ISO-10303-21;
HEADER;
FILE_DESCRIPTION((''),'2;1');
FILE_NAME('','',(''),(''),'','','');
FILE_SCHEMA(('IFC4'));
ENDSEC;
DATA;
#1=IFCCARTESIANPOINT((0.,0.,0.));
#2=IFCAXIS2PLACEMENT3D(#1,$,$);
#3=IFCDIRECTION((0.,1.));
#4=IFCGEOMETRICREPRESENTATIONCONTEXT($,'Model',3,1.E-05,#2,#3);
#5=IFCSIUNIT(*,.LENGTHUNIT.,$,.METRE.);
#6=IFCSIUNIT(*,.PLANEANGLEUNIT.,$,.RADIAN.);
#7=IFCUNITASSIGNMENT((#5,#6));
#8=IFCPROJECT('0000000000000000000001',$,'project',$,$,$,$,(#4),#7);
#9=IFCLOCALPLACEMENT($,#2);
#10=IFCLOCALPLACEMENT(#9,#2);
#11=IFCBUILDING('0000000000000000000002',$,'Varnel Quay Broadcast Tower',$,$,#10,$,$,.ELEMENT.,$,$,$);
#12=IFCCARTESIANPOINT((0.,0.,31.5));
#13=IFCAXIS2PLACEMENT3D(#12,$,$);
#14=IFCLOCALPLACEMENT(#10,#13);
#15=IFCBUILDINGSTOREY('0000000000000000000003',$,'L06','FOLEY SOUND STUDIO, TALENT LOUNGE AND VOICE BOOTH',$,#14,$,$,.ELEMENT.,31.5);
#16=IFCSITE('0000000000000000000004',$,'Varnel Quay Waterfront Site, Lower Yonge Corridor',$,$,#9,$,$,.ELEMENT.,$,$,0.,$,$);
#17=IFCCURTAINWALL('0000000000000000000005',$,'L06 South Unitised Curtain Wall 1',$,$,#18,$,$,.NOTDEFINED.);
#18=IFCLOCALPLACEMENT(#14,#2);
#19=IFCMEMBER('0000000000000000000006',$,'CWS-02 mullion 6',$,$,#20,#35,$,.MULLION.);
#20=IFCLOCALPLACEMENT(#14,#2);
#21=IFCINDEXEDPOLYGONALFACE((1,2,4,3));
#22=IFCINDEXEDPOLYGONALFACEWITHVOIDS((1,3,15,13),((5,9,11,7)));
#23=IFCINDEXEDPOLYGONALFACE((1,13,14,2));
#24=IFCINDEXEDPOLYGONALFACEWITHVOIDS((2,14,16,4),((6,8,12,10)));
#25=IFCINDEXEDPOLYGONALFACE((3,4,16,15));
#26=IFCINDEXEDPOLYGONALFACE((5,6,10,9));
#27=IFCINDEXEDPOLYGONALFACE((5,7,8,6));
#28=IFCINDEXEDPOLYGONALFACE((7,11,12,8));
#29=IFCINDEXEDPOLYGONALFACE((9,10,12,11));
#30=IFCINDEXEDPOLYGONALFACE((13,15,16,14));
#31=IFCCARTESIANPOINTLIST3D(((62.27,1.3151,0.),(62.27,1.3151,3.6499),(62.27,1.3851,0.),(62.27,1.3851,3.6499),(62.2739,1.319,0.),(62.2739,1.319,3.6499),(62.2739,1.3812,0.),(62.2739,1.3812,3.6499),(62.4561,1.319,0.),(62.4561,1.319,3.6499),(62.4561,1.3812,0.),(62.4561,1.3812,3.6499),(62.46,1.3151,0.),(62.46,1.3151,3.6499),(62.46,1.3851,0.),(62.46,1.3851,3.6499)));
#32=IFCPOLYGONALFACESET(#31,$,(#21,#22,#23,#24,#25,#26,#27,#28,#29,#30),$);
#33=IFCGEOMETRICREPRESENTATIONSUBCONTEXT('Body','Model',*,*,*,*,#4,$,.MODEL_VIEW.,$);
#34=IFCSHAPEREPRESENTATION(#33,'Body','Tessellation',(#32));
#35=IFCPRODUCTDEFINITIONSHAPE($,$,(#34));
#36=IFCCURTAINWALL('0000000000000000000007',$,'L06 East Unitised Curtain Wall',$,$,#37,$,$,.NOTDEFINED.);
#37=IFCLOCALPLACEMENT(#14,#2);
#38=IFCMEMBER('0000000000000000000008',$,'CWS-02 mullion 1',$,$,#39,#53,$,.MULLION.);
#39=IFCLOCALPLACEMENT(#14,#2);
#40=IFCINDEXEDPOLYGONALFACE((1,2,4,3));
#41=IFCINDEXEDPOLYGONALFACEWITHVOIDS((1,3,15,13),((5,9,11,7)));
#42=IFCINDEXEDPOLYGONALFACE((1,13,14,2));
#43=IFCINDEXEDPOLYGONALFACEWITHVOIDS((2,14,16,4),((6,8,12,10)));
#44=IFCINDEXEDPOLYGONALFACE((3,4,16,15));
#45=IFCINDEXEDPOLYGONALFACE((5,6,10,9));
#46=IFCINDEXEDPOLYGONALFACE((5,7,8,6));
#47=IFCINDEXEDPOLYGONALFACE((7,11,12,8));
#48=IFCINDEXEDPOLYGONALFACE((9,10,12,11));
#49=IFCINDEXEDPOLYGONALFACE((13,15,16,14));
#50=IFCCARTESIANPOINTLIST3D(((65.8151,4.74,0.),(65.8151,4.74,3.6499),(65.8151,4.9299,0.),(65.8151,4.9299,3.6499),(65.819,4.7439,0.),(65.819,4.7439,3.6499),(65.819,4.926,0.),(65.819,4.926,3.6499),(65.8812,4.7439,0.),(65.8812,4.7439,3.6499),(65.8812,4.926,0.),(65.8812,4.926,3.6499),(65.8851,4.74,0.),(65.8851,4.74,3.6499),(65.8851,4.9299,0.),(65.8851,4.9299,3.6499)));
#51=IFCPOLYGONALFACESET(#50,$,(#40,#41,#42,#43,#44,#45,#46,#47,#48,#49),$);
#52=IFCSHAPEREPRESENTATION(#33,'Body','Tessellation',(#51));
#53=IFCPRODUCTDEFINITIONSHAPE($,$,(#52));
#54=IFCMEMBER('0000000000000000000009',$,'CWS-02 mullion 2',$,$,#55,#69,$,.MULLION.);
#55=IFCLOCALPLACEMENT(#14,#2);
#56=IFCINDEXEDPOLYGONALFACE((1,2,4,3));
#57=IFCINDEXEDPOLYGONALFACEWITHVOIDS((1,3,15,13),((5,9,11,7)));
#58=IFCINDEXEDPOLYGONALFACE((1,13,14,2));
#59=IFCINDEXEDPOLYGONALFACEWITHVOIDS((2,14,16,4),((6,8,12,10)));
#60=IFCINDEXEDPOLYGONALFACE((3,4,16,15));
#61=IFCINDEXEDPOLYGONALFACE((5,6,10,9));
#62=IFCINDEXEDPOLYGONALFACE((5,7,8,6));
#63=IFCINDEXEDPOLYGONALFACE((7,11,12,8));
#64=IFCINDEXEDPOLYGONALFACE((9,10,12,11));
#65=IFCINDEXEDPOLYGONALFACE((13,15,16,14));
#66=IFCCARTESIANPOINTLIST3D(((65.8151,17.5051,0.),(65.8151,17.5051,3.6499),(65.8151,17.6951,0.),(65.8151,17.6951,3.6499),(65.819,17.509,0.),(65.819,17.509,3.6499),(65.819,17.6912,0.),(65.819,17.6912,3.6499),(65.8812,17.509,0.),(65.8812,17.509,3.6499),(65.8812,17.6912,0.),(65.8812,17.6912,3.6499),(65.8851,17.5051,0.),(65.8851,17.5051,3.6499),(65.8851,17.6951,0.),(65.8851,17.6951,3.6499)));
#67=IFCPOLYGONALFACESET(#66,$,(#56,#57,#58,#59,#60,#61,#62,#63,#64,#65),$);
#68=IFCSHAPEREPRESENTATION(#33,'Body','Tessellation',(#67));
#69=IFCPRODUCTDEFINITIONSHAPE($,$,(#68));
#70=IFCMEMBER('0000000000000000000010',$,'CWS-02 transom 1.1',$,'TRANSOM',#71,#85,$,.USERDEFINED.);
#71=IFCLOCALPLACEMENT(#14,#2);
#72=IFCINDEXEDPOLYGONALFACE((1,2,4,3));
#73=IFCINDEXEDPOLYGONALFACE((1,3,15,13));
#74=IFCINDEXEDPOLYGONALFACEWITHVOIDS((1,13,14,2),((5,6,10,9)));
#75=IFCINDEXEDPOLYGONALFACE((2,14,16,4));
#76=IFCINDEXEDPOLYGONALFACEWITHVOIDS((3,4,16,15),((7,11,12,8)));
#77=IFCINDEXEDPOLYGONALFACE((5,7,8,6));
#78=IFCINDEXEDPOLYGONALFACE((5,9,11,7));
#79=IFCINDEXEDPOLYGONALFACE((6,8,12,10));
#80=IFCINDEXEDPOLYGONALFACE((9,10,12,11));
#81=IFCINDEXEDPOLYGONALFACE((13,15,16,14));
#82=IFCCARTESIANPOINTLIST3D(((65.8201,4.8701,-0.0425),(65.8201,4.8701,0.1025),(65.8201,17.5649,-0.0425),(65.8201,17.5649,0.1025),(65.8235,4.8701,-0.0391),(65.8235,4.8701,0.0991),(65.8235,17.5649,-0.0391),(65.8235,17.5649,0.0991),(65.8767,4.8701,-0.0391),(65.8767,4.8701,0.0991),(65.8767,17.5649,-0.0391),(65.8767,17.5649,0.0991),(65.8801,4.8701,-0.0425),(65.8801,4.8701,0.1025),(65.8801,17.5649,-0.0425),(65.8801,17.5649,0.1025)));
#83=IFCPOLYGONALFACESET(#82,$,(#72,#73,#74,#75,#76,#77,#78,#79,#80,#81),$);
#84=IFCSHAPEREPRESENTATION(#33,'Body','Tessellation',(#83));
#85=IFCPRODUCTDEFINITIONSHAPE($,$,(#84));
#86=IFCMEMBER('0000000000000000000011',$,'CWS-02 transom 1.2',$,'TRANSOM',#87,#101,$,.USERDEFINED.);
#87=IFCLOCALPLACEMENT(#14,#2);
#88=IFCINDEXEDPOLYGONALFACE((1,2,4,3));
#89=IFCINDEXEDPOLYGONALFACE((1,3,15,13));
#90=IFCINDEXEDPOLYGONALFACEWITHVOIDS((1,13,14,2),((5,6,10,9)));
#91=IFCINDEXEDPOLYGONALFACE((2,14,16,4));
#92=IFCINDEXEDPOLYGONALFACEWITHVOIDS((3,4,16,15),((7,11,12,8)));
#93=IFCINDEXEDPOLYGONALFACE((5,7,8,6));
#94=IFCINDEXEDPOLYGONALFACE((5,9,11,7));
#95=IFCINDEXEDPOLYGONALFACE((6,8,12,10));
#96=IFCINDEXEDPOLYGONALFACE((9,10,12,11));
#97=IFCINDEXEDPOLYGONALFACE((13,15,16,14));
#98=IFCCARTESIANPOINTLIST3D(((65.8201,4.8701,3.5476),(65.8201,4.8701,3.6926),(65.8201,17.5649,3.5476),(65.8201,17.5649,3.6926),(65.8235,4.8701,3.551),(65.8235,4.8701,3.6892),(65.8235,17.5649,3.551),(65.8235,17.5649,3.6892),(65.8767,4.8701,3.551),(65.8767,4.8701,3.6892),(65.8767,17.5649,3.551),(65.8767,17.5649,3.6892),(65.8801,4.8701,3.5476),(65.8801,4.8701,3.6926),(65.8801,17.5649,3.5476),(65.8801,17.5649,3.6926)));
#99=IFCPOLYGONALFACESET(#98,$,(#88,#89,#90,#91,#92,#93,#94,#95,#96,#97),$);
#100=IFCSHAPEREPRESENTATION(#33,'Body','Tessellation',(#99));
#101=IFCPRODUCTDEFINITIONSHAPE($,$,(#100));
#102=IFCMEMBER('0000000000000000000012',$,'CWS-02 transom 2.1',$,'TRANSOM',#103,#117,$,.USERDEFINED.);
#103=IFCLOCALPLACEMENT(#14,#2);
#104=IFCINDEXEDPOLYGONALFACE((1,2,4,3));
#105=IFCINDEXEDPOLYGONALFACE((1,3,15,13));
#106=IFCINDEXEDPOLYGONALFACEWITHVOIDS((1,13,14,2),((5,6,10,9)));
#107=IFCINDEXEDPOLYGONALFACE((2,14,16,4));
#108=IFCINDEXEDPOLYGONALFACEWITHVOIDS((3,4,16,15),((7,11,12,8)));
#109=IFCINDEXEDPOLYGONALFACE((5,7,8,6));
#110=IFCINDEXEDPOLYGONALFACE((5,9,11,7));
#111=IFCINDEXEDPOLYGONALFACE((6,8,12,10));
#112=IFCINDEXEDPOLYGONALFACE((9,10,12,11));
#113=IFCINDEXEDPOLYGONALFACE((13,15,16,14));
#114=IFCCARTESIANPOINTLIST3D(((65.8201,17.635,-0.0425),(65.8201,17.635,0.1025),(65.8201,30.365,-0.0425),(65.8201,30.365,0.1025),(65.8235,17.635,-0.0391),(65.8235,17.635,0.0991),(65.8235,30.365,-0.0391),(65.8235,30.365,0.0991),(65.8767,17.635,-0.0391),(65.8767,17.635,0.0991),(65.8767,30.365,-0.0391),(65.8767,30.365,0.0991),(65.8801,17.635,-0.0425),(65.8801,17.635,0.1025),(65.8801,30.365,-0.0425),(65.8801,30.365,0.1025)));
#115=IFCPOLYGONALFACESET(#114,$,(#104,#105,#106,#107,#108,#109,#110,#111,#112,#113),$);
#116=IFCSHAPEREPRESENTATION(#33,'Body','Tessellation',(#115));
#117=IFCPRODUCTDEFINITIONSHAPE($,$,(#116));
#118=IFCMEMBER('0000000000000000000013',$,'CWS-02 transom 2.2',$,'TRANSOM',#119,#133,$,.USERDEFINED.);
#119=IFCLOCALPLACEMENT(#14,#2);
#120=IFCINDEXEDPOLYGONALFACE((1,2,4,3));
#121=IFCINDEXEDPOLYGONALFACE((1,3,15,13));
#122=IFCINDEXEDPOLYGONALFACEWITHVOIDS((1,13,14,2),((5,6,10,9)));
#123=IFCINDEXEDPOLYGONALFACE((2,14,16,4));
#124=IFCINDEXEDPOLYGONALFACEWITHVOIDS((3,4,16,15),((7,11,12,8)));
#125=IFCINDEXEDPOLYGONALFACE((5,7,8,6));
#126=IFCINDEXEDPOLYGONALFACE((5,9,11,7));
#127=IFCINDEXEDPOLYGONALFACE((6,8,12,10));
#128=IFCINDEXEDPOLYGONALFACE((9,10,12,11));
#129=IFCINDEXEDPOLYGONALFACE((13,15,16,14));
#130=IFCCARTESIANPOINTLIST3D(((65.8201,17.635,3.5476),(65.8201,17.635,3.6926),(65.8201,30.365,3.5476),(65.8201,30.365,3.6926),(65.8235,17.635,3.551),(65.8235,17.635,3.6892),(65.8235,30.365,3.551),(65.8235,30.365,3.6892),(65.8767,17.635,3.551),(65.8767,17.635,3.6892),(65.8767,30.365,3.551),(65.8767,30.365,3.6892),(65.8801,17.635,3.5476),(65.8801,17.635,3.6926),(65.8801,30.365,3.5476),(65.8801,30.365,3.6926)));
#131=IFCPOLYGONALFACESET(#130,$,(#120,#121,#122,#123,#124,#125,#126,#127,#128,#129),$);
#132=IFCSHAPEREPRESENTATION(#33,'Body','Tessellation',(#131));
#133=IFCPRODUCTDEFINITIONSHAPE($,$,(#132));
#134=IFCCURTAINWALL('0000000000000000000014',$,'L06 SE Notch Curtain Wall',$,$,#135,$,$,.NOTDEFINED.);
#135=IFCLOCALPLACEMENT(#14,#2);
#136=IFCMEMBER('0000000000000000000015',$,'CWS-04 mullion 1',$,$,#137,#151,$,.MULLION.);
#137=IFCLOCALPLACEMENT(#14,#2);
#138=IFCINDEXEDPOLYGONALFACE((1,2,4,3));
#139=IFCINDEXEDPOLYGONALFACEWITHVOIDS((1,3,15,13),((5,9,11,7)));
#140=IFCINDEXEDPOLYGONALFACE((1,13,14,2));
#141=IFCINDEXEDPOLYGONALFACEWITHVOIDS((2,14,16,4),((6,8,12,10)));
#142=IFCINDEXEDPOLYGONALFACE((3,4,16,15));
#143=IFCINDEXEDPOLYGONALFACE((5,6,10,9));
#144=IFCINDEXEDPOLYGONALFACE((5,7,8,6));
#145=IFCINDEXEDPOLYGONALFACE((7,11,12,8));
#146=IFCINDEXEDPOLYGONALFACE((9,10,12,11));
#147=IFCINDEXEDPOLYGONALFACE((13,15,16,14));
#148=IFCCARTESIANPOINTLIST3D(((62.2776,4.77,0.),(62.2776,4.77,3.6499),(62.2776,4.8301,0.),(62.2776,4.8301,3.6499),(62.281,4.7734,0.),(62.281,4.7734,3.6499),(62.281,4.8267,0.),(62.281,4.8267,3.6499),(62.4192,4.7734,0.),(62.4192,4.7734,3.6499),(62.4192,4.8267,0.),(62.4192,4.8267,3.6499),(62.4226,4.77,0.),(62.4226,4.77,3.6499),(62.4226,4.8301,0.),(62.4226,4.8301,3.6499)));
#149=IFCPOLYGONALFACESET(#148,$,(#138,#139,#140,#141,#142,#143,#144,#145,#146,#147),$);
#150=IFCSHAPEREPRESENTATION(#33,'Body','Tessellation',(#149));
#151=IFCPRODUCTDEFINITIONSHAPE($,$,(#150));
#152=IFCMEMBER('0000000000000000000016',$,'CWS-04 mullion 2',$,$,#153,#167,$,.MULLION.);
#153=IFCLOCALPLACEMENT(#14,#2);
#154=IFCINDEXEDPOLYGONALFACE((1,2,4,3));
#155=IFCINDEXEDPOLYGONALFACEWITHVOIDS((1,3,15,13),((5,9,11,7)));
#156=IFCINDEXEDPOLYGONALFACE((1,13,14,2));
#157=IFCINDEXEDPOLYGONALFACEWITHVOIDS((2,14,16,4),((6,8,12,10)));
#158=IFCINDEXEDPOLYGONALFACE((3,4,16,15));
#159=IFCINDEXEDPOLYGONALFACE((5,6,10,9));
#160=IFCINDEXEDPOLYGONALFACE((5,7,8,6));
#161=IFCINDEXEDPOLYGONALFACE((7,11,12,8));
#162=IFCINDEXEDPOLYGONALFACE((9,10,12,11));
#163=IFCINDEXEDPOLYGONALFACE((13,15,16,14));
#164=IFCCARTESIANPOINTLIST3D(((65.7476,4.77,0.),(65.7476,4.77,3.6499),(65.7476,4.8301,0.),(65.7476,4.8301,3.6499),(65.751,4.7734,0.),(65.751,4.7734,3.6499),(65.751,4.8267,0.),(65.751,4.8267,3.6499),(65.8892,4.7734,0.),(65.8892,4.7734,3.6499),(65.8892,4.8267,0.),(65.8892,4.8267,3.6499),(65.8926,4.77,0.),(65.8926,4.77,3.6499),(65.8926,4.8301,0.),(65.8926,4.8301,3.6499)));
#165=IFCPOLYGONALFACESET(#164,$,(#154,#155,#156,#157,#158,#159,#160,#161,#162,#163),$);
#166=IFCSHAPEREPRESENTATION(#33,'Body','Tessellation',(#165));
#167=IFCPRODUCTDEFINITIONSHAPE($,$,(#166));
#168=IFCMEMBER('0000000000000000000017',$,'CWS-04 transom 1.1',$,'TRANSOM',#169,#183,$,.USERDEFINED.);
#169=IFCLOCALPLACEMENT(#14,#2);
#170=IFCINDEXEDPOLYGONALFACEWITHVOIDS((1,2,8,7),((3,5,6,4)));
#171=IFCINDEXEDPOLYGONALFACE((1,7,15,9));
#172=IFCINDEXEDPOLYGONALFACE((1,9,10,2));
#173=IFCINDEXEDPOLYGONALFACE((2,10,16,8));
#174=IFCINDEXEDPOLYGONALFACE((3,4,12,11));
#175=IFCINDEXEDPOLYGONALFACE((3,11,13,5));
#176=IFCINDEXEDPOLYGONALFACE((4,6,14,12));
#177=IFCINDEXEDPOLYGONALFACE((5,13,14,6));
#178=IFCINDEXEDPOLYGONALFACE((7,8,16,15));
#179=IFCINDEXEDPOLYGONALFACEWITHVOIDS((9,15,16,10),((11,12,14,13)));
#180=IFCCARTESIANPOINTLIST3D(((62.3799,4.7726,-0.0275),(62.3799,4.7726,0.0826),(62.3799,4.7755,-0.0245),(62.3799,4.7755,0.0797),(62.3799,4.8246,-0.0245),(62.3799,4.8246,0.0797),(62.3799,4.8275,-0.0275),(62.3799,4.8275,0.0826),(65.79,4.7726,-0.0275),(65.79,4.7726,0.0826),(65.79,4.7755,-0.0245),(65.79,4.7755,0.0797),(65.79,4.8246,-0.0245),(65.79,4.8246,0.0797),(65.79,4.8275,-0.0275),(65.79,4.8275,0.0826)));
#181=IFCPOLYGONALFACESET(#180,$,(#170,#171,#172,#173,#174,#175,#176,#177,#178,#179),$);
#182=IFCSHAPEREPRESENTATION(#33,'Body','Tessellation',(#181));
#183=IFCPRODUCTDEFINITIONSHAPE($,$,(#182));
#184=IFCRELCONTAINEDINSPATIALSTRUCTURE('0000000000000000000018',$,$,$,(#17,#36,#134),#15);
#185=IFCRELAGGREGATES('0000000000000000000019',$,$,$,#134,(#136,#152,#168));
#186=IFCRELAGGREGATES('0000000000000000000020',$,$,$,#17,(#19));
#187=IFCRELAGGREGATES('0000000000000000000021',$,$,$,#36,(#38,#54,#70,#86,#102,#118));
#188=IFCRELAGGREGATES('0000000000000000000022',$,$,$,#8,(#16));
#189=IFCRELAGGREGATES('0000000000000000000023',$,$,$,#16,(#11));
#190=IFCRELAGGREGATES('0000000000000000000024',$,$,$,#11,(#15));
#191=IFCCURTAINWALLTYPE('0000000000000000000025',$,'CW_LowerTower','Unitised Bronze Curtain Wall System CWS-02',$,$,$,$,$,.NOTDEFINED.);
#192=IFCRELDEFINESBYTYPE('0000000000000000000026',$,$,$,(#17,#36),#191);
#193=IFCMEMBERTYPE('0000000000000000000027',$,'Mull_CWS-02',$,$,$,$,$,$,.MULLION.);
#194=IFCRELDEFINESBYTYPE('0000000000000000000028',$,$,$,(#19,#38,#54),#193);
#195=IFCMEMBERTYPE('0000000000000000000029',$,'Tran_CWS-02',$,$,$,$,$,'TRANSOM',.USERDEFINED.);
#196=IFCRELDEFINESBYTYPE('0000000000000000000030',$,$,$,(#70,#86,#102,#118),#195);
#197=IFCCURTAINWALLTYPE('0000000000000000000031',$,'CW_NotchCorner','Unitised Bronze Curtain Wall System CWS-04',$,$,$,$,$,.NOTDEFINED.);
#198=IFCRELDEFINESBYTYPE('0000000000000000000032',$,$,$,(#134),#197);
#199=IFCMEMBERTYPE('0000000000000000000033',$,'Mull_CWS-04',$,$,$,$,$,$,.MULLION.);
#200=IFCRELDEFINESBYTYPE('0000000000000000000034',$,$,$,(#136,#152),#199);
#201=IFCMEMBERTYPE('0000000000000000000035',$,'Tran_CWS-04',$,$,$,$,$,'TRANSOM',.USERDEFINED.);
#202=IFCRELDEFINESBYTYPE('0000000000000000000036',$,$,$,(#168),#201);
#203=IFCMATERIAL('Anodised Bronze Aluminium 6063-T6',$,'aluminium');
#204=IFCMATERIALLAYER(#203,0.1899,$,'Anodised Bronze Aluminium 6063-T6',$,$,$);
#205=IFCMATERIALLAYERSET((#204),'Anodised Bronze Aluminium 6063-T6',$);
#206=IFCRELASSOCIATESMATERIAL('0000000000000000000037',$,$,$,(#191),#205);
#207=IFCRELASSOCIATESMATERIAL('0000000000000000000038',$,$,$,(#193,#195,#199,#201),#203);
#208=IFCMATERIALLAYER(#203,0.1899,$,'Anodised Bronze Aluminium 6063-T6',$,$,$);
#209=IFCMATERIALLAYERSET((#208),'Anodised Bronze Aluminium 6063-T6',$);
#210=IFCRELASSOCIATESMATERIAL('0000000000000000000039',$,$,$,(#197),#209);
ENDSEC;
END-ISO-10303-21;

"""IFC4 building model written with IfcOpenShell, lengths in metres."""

from ifc_helpers import new_model, si_unit, direction, frame, origin, origin_2d, place, context, subcontext, project, spatial, hollow_rectangle, extrude, source, transform, mapped, material, layer, layer_set, material_profile, profile_set, type_object, type_shapes, element, aggregate, save


model = new_model("IFC4")

# Units and contexts
model_context = context("Model", 3, precision=1e-05, world=origin(), true_north=direction((0.0, 1.0)))
body_context = subcontext(model_context, "Body", "Model", "MODEL_VIEW")
ifc_project = project(units=[si_unit("LENGTHUNIT", "METRE"), si_unit("PLANEANGLEUNIT", "RADIAN")], contexts=[model_context])

# Site, building, storey
site_placement = place(None, origin())
site = spatial("IfcSite", under=ifc_project, at=site_placement, Name="Varnel Quay Waterfront Site, Lower Yonge Corridor", CompositionType="ELEMENT", RefElevation=0.0)
building_placement = place(site_placement, origin())
building = spatial("IfcBuilding", under=site, at=building_placement, Name="Varnel Quay Broadcast Tower", CompositionType="ELEMENT")
storey_placement = place(building_placement, frame((0.0, 0.0, 31.5)))
storey = spatial("IfcBuildingStorey", under=building, at=storey_placement, Name="L06", Description="FOLEY SOUND STUDIO, TALENT LOUNGE AND VOICE BOOTH", CompositionType="ELEMENT", Elevation=31.5)

# Curtain walls, members
ifc_material_1 = material(Name="Anodised Bronze Aluminium 6063-T6", Category="aluminium")
ifc_layer_1 = layer(ifc_material_1, 0.1899, Name="Anodised Bronze Aluminium 6063-T6")
ifc_layer_set_1 = layer_set([ifc_layer_1], Name="Anodised Bronze Aluminium 6063-T6")
curtain_wall_type_1 = type_object("IfcCurtainWallType", Name="CW_LowerTower", Description="Unitised Bronze Curtain Wall System CWS-02", PredefinedType="NOTDEFINED", material=ifc_layer_set_1)
curtain_wall_1_placement = place(storey_placement, origin())
curtain_wall_1 = element("IfcCurtainWall", 1, at=curtain_wall_1_placement, inside=storey, type_object=curtain_wall_type_1, Name="L06 South Unitised Curtain Wall 1", PredefinedType="NOTDEFINED")
ifc_material_profile_1 = material_profile(ifc_material_1, hollow_rectangle(XDim=0.0701, YDim=0.1899, WallThickness=0.0039, at=origin_2d()), Name="ALU70X190X4")
ifc_profile_set_1 = profile_set([ifc_material_profile_1], Name="Anodised Bronze Aluminium 6063-T6")
member_type_1 = type_object("IfcMemberType", Name="Mull_CWS-02", PredefinedType="MULLION", material=ifc_profile_set_1)
shared_shape_1 = source(origin(), body_context, "Body", "SweptSolid", [
    extrude(hollow_rectangle(XDim=0.0701, YDim=0.1899, WallThickness=0.0039, at=origin_2d()), origin(), (0.0, 0.0, 1.0), 3.6499),
])
type_shapes(member_type_1, [shared_shape_1])
member_1_placement = place(storey_placement, frame((62.365, 1.3501, 0.0), z_axis=(0.0, 0.0, 1.0), x_axis=(0.0, 1.0, 0.0)))
member_1 = element("IfcMember", 2, at=member_1_placement, type_object=member_type_1, Name="CWS-02 mullion 6", PredefinedType="MULLION", context=body_context, shape_type="MappedRepresentation", body=[
    mapped(shared_shape_1, transform((0.0, 0.0, 0.0), x_axis=(1.0, 0.0, 0.0), y_axis=(0.0, 1.0, 0.0), z_axis=(0.0, 0.0, 1.0), scale=1.0)),
])
curtain_wall_2_placement = place(storey_placement, origin())
curtain_wall_2 = element("IfcCurtainWall", 3, at=curtain_wall_2_placement, inside=storey, type_object=curtain_wall_type_1, Name="L06 East Unitised Curtain Wall", PredefinedType="NOTDEFINED")
member_2_placement = place(storey_placement, frame((65.8501, 4.835, 0.0), z_axis=(0.0, 0.0, 1.0), x_axis=(-1.0, 0.0, 0.0)))
member_2 = element("IfcMember", 4, at=member_2_placement, type_object=member_type_1, Name="CWS-02 mullion 1", PredefinedType="MULLION", context=body_context, shape_type="MappedRepresentation", body=[
    mapped(shared_shape_1, transform((0.0, 0.0, 0.0), x_axis=(1.0, 0.0, 0.0), y_axis=(0.0, 1.0, 0.0), z_axis=(0.0, 0.0, 1.0), scale=1.0)),
])
member_3_placement = place(storey_placement, frame((65.8501, 17.6001, 0.0), z_axis=(0.0, 0.0, 1.0), x_axis=(-1.0, 0.0, 0.0)))
member_3 = element("IfcMember", 5, at=member_3_placement, type_object=member_type_1, Name="CWS-02 mullion 2", PredefinedType="MULLION", context=body_context, shape_type="MappedRepresentation", body=[
    mapped(shared_shape_1, transform((0.0, 0.0, 0.0), x_axis=(1.0, 0.0, 0.0), y_axis=(0.0, 1.0, 0.0), z_axis=(0.0, 0.0, 1.0), scale=1.0)),
])
ifc_material_profile_2 = material_profile(ifc_material_1, hollow_rectangle(XDim=0.0601, YDim=0.145, WallThickness=0.0034, at=origin_2d()), Name="ALU60X145X3.5")
ifc_profile_set_2 = profile_set([ifc_material_profile_2], Name="Anodised Bronze Aluminium 6063-T6")
member_type_2 = type_object("IfcMemberType", Name="Tran_CWS-02", ElementType="TRANSOM", PredefinedType="USERDEFINED", material=ifc_profile_set_2)
shared_shape_2 = source(origin(), body_context, "Body", "SweptSolid", [
    extrude(hollow_rectangle(XDim=0.0601, YDim=0.145, WallThickness=0.0034, at=origin_2d()), origin(), (0.0, 0.0, 1.0), 12.6948),
])
member_4_placement = place(storey_placement, frame((65.8501, 4.8701, 0.03), z_axis=(0.0, 1.0, 0.0), x_axis=(-1.0, 0.0, 0.0)))
member_4 = element("IfcMember", 6, at=member_4_placement, type_object=member_type_2, Name="CWS-02 transom 1.1", ObjectType="TRANSOM", PredefinedType="USERDEFINED", context=body_context, shape_type="MappedRepresentation", body=[
    mapped(shared_shape_2, transform((0.0, 0.0, 0.0), x_axis=(1.0, 0.0, 0.0), y_axis=(0.0, 1.0, 0.0), z_axis=(0.0, 0.0, 1.0), scale=1.0)),
])
member_5_placement = place(storey_placement, frame((65.8501, 4.8701, 3.6201), z_axis=(0.0, 1.0, 0.0), x_axis=(-1.0, 0.0, 0.0)))
member_5 = element("IfcMember", 7, at=member_5_placement, type_object=member_type_2, Name="CWS-02 transom 1.2", ObjectType="TRANSOM", PredefinedType="USERDEFINED", context=body_context, shape_type="MappedRepresentation", body=[
    mapped(shared_shape_2, transform((0.0, 0.0, 0.0), x_axis=(1.0, 0.0, 0.0), y_axis=(0.0, 1.0, 0.0), z_axis=(0.0, 0.0, 1.0), scale=1.0)),
])
shared_shape_3 = source(origin(), body_context, "Body", "SweptSolid", [
    extrude(hollow_rectangle(XDim=0.0601, YDim=0.145, WallThickness=0.0034, at=origin_2d()), origin(), (0.0, 0.0, 1.0), 12.73),
])
member_6_placement = place(storey_placement, frame((65.8501, 17.635, 0.03), z_axis=(0.0, 1.0, 0.0), x_axis=(-1.0, 0.0, 0.0)))
member_6 = element("IfcMember", 8, at=member_6_placement, type_object=member_type_2, Name="CWS-02 transom 2.1", ObjectType="TRANSOM", PredefinedType="USERDEFINED", context=body_context, shape_type="MappedRepresentation", body=[
    mapped(shared_shape_3, transform((0.0, 0.0, 0.0), x_axis=(1.0, 0.0, 0.0), y_axis=(0.0, 1.0, 0.0), z_axis=(0.0, 0.0, 1.0), scale=1.0)),
])
member_7_placement = place(storey_placement, frame((65.8501, 17.635, 3.6201), z_axis=(0.0, 1.0, 0.0), x_axis=(-1.0, 0.0, 0.0)))
member_7 = element("IfcMember", 9, at=member_7_placement, type_object=member_type_2, Name="CWS-02 transom 2.2", ObjectType="TRANSOM", PredefinedType="USERDEFINED", context=body_context, shape_type="MappedRepresentation", body=[
    mapped(shared_shape_3, transform((0.0, 0.0, 0.0), x_axis=(1.0, 0.0, 0.0), y_axis=(0.0, 1.0, 0.0), z_axis=(0.0, 0.0, 1.0), scale=1.0)),
])
ifc_layer_2 = layer(ifc_material_1, 0.1899, Name="Anodised Bronze Aluminium 6063-T6")
ifc_layer_set_2 = layer_set([ifc_layer_2], Name="Anodised Bronze Aluminium 6063-T6")
curtain_wall_type_2 = type_object("IfcCurtainWallType", Name="CW_NotchCorner", Description="Unitised Bronze Curtain Wall System CWS-04", PredefinedType="NOTDEFINED", material=ifc_layer_set_2)
curtain_wall_3_placement = place(storey_placement, origin())
curtain_wall_3 = element("IfcCurtainWall", 10, at=curtain_wall_3_placement, inside=storey, type_object=curtain_wall_type_2, Name="L06 SE Notch Curtain Wall", PredefinedType="NOTDEFINED")
ifc_material_profile_3 = material_profile(ifc_material_1, hollow_rectangle(XDim=0.0601, YDim=0.145, WallThickness=0.0034, at=origin_2d()), Name="ALU60X145X3.5")
ifc_profile_set_3 = profile_set([ifc_material_profile_3], Name="Anodised Bronze Aluminium 6063-T6")
member_type_3 = type_object("IfcMemberType", Name="Mull_CWS-04", PredefinedType="MULLION", material=ifc_profile_set_3)
shared_shape_4 = source(origin(), body_context, "Body", "SweptSolid", [
    extrude(hollow_rectangle(XDim=0.0601, YDim=0.145, WallThickness=0.0034, at=origin_2d()), origin(), (0.0, 0.0, 1.0), 3.6499),
])
type_shapes(member_type_3, [shared_shape_4])
member_8_placement = place(storey_placement, frame((62.3501, 4.8, 0.0), z_axis=(0.0, 0.0, 1.0), x_axis=(0.0, 1.0, 0.0)))
member_8 = element("IfcMember", 11, at=member_8_placement, type_object=member_type_3, Name="CWS-04 mullion 1", PredefinedType="MULLION", context=body_context, shape_type="MappedRepresentation", body=[
    mapped(shared_shape_4, transform((0.0, 0.0, 0.0), x_axis=(1.0, 0.0, 0.0), y_axis=(0.0, 1.0, 0.0), z_axis=(0.0, 0.0, 1.0), scale=1.0)),
])
member_9_placement = place(storey_placement, frame((65.8201, 4.8, 0.0), z_axis=(0.0, 0.0, 1.0), x_axis=(0.0, 1.0, 0.0)))
member_9 = element("IfcMember", 12, at=member_9_placement, type_object=member_type_3, Name="CWS-04 mullion 2", PredefinedType="MULLION", context=body_context, shape_type="MappedRepresentation", body=[
    mapped(shared_shape_4, transform((0.0, 0.0, 0.0), x_axis=(1.0, 0.0, 0.0), y_axis=(0.0, 1.0, 0.0), z_axis=(0.0, 0.0, 1.0), scale=1.0)),
])
ifc_material_profile_4 = material_profile(ifc_material_1, hollow_rectangle(XDim=0.0549, YDim=0.1101, WallThickness=0.0029, at=origin_2d()), Name="ALU55X110X3")
ifc_profile_set_4 = profile_set([ifc_material_profile_4], Name="Anodised Bronze Aluminium 6063-T6")
member_type_4 = type_object("IfcMemberType", Name="Tran_CWS-04", ElementType="TRANSOM", PredefinedType="USERDEFINED", material=ifc_profile_set_4)
shared_shape_5 = source(origin(), body_context, "Body", "SweptSolid", [
    extrude(hollow_rectangle(XDim=0.0549, YDim=0.1101, WallThickness=0.0029, at=origin_2d()), origin(), (0.0, 0.0, 1.0), 3.4102),
])
type_shapes(member_type_4, [shared_shape_5])
member_10_placement = place(storey_placement, frame((62.3799, 4.8, 0.0276), z_axis=(1.0, 0.0, 0.0), x_axis=(0.0, 1.0, 0.0)))
member_10 = element("IfcMember", 13, at=member_10_placement, type_object=member_type_4, Name="CWS-04 transom 1.1", ObjectType="TRANSOM", PredefinedType="USERDEFINED", context=body_context, shape_type="MappedRepresentation", body=[
    mapped(shared_shape_5, transform((0.0, 0.0, 0.0), x_axis=(1.0, 0.0, 0.0), y_axis=(0.0, 1.0, 0.0), z_axis=(0.0, 0.0, 1.0), scale=1.0)),
])

aggregate(curtain_wall_3, [member_8, member_9, member_10])
aggregate(curtain_wall_1, [member_1])
aggregate(curtain_wall_2, [member_2, member_3, member_4, member_5, member_6, member_7])

save(model, "model.ifc")
